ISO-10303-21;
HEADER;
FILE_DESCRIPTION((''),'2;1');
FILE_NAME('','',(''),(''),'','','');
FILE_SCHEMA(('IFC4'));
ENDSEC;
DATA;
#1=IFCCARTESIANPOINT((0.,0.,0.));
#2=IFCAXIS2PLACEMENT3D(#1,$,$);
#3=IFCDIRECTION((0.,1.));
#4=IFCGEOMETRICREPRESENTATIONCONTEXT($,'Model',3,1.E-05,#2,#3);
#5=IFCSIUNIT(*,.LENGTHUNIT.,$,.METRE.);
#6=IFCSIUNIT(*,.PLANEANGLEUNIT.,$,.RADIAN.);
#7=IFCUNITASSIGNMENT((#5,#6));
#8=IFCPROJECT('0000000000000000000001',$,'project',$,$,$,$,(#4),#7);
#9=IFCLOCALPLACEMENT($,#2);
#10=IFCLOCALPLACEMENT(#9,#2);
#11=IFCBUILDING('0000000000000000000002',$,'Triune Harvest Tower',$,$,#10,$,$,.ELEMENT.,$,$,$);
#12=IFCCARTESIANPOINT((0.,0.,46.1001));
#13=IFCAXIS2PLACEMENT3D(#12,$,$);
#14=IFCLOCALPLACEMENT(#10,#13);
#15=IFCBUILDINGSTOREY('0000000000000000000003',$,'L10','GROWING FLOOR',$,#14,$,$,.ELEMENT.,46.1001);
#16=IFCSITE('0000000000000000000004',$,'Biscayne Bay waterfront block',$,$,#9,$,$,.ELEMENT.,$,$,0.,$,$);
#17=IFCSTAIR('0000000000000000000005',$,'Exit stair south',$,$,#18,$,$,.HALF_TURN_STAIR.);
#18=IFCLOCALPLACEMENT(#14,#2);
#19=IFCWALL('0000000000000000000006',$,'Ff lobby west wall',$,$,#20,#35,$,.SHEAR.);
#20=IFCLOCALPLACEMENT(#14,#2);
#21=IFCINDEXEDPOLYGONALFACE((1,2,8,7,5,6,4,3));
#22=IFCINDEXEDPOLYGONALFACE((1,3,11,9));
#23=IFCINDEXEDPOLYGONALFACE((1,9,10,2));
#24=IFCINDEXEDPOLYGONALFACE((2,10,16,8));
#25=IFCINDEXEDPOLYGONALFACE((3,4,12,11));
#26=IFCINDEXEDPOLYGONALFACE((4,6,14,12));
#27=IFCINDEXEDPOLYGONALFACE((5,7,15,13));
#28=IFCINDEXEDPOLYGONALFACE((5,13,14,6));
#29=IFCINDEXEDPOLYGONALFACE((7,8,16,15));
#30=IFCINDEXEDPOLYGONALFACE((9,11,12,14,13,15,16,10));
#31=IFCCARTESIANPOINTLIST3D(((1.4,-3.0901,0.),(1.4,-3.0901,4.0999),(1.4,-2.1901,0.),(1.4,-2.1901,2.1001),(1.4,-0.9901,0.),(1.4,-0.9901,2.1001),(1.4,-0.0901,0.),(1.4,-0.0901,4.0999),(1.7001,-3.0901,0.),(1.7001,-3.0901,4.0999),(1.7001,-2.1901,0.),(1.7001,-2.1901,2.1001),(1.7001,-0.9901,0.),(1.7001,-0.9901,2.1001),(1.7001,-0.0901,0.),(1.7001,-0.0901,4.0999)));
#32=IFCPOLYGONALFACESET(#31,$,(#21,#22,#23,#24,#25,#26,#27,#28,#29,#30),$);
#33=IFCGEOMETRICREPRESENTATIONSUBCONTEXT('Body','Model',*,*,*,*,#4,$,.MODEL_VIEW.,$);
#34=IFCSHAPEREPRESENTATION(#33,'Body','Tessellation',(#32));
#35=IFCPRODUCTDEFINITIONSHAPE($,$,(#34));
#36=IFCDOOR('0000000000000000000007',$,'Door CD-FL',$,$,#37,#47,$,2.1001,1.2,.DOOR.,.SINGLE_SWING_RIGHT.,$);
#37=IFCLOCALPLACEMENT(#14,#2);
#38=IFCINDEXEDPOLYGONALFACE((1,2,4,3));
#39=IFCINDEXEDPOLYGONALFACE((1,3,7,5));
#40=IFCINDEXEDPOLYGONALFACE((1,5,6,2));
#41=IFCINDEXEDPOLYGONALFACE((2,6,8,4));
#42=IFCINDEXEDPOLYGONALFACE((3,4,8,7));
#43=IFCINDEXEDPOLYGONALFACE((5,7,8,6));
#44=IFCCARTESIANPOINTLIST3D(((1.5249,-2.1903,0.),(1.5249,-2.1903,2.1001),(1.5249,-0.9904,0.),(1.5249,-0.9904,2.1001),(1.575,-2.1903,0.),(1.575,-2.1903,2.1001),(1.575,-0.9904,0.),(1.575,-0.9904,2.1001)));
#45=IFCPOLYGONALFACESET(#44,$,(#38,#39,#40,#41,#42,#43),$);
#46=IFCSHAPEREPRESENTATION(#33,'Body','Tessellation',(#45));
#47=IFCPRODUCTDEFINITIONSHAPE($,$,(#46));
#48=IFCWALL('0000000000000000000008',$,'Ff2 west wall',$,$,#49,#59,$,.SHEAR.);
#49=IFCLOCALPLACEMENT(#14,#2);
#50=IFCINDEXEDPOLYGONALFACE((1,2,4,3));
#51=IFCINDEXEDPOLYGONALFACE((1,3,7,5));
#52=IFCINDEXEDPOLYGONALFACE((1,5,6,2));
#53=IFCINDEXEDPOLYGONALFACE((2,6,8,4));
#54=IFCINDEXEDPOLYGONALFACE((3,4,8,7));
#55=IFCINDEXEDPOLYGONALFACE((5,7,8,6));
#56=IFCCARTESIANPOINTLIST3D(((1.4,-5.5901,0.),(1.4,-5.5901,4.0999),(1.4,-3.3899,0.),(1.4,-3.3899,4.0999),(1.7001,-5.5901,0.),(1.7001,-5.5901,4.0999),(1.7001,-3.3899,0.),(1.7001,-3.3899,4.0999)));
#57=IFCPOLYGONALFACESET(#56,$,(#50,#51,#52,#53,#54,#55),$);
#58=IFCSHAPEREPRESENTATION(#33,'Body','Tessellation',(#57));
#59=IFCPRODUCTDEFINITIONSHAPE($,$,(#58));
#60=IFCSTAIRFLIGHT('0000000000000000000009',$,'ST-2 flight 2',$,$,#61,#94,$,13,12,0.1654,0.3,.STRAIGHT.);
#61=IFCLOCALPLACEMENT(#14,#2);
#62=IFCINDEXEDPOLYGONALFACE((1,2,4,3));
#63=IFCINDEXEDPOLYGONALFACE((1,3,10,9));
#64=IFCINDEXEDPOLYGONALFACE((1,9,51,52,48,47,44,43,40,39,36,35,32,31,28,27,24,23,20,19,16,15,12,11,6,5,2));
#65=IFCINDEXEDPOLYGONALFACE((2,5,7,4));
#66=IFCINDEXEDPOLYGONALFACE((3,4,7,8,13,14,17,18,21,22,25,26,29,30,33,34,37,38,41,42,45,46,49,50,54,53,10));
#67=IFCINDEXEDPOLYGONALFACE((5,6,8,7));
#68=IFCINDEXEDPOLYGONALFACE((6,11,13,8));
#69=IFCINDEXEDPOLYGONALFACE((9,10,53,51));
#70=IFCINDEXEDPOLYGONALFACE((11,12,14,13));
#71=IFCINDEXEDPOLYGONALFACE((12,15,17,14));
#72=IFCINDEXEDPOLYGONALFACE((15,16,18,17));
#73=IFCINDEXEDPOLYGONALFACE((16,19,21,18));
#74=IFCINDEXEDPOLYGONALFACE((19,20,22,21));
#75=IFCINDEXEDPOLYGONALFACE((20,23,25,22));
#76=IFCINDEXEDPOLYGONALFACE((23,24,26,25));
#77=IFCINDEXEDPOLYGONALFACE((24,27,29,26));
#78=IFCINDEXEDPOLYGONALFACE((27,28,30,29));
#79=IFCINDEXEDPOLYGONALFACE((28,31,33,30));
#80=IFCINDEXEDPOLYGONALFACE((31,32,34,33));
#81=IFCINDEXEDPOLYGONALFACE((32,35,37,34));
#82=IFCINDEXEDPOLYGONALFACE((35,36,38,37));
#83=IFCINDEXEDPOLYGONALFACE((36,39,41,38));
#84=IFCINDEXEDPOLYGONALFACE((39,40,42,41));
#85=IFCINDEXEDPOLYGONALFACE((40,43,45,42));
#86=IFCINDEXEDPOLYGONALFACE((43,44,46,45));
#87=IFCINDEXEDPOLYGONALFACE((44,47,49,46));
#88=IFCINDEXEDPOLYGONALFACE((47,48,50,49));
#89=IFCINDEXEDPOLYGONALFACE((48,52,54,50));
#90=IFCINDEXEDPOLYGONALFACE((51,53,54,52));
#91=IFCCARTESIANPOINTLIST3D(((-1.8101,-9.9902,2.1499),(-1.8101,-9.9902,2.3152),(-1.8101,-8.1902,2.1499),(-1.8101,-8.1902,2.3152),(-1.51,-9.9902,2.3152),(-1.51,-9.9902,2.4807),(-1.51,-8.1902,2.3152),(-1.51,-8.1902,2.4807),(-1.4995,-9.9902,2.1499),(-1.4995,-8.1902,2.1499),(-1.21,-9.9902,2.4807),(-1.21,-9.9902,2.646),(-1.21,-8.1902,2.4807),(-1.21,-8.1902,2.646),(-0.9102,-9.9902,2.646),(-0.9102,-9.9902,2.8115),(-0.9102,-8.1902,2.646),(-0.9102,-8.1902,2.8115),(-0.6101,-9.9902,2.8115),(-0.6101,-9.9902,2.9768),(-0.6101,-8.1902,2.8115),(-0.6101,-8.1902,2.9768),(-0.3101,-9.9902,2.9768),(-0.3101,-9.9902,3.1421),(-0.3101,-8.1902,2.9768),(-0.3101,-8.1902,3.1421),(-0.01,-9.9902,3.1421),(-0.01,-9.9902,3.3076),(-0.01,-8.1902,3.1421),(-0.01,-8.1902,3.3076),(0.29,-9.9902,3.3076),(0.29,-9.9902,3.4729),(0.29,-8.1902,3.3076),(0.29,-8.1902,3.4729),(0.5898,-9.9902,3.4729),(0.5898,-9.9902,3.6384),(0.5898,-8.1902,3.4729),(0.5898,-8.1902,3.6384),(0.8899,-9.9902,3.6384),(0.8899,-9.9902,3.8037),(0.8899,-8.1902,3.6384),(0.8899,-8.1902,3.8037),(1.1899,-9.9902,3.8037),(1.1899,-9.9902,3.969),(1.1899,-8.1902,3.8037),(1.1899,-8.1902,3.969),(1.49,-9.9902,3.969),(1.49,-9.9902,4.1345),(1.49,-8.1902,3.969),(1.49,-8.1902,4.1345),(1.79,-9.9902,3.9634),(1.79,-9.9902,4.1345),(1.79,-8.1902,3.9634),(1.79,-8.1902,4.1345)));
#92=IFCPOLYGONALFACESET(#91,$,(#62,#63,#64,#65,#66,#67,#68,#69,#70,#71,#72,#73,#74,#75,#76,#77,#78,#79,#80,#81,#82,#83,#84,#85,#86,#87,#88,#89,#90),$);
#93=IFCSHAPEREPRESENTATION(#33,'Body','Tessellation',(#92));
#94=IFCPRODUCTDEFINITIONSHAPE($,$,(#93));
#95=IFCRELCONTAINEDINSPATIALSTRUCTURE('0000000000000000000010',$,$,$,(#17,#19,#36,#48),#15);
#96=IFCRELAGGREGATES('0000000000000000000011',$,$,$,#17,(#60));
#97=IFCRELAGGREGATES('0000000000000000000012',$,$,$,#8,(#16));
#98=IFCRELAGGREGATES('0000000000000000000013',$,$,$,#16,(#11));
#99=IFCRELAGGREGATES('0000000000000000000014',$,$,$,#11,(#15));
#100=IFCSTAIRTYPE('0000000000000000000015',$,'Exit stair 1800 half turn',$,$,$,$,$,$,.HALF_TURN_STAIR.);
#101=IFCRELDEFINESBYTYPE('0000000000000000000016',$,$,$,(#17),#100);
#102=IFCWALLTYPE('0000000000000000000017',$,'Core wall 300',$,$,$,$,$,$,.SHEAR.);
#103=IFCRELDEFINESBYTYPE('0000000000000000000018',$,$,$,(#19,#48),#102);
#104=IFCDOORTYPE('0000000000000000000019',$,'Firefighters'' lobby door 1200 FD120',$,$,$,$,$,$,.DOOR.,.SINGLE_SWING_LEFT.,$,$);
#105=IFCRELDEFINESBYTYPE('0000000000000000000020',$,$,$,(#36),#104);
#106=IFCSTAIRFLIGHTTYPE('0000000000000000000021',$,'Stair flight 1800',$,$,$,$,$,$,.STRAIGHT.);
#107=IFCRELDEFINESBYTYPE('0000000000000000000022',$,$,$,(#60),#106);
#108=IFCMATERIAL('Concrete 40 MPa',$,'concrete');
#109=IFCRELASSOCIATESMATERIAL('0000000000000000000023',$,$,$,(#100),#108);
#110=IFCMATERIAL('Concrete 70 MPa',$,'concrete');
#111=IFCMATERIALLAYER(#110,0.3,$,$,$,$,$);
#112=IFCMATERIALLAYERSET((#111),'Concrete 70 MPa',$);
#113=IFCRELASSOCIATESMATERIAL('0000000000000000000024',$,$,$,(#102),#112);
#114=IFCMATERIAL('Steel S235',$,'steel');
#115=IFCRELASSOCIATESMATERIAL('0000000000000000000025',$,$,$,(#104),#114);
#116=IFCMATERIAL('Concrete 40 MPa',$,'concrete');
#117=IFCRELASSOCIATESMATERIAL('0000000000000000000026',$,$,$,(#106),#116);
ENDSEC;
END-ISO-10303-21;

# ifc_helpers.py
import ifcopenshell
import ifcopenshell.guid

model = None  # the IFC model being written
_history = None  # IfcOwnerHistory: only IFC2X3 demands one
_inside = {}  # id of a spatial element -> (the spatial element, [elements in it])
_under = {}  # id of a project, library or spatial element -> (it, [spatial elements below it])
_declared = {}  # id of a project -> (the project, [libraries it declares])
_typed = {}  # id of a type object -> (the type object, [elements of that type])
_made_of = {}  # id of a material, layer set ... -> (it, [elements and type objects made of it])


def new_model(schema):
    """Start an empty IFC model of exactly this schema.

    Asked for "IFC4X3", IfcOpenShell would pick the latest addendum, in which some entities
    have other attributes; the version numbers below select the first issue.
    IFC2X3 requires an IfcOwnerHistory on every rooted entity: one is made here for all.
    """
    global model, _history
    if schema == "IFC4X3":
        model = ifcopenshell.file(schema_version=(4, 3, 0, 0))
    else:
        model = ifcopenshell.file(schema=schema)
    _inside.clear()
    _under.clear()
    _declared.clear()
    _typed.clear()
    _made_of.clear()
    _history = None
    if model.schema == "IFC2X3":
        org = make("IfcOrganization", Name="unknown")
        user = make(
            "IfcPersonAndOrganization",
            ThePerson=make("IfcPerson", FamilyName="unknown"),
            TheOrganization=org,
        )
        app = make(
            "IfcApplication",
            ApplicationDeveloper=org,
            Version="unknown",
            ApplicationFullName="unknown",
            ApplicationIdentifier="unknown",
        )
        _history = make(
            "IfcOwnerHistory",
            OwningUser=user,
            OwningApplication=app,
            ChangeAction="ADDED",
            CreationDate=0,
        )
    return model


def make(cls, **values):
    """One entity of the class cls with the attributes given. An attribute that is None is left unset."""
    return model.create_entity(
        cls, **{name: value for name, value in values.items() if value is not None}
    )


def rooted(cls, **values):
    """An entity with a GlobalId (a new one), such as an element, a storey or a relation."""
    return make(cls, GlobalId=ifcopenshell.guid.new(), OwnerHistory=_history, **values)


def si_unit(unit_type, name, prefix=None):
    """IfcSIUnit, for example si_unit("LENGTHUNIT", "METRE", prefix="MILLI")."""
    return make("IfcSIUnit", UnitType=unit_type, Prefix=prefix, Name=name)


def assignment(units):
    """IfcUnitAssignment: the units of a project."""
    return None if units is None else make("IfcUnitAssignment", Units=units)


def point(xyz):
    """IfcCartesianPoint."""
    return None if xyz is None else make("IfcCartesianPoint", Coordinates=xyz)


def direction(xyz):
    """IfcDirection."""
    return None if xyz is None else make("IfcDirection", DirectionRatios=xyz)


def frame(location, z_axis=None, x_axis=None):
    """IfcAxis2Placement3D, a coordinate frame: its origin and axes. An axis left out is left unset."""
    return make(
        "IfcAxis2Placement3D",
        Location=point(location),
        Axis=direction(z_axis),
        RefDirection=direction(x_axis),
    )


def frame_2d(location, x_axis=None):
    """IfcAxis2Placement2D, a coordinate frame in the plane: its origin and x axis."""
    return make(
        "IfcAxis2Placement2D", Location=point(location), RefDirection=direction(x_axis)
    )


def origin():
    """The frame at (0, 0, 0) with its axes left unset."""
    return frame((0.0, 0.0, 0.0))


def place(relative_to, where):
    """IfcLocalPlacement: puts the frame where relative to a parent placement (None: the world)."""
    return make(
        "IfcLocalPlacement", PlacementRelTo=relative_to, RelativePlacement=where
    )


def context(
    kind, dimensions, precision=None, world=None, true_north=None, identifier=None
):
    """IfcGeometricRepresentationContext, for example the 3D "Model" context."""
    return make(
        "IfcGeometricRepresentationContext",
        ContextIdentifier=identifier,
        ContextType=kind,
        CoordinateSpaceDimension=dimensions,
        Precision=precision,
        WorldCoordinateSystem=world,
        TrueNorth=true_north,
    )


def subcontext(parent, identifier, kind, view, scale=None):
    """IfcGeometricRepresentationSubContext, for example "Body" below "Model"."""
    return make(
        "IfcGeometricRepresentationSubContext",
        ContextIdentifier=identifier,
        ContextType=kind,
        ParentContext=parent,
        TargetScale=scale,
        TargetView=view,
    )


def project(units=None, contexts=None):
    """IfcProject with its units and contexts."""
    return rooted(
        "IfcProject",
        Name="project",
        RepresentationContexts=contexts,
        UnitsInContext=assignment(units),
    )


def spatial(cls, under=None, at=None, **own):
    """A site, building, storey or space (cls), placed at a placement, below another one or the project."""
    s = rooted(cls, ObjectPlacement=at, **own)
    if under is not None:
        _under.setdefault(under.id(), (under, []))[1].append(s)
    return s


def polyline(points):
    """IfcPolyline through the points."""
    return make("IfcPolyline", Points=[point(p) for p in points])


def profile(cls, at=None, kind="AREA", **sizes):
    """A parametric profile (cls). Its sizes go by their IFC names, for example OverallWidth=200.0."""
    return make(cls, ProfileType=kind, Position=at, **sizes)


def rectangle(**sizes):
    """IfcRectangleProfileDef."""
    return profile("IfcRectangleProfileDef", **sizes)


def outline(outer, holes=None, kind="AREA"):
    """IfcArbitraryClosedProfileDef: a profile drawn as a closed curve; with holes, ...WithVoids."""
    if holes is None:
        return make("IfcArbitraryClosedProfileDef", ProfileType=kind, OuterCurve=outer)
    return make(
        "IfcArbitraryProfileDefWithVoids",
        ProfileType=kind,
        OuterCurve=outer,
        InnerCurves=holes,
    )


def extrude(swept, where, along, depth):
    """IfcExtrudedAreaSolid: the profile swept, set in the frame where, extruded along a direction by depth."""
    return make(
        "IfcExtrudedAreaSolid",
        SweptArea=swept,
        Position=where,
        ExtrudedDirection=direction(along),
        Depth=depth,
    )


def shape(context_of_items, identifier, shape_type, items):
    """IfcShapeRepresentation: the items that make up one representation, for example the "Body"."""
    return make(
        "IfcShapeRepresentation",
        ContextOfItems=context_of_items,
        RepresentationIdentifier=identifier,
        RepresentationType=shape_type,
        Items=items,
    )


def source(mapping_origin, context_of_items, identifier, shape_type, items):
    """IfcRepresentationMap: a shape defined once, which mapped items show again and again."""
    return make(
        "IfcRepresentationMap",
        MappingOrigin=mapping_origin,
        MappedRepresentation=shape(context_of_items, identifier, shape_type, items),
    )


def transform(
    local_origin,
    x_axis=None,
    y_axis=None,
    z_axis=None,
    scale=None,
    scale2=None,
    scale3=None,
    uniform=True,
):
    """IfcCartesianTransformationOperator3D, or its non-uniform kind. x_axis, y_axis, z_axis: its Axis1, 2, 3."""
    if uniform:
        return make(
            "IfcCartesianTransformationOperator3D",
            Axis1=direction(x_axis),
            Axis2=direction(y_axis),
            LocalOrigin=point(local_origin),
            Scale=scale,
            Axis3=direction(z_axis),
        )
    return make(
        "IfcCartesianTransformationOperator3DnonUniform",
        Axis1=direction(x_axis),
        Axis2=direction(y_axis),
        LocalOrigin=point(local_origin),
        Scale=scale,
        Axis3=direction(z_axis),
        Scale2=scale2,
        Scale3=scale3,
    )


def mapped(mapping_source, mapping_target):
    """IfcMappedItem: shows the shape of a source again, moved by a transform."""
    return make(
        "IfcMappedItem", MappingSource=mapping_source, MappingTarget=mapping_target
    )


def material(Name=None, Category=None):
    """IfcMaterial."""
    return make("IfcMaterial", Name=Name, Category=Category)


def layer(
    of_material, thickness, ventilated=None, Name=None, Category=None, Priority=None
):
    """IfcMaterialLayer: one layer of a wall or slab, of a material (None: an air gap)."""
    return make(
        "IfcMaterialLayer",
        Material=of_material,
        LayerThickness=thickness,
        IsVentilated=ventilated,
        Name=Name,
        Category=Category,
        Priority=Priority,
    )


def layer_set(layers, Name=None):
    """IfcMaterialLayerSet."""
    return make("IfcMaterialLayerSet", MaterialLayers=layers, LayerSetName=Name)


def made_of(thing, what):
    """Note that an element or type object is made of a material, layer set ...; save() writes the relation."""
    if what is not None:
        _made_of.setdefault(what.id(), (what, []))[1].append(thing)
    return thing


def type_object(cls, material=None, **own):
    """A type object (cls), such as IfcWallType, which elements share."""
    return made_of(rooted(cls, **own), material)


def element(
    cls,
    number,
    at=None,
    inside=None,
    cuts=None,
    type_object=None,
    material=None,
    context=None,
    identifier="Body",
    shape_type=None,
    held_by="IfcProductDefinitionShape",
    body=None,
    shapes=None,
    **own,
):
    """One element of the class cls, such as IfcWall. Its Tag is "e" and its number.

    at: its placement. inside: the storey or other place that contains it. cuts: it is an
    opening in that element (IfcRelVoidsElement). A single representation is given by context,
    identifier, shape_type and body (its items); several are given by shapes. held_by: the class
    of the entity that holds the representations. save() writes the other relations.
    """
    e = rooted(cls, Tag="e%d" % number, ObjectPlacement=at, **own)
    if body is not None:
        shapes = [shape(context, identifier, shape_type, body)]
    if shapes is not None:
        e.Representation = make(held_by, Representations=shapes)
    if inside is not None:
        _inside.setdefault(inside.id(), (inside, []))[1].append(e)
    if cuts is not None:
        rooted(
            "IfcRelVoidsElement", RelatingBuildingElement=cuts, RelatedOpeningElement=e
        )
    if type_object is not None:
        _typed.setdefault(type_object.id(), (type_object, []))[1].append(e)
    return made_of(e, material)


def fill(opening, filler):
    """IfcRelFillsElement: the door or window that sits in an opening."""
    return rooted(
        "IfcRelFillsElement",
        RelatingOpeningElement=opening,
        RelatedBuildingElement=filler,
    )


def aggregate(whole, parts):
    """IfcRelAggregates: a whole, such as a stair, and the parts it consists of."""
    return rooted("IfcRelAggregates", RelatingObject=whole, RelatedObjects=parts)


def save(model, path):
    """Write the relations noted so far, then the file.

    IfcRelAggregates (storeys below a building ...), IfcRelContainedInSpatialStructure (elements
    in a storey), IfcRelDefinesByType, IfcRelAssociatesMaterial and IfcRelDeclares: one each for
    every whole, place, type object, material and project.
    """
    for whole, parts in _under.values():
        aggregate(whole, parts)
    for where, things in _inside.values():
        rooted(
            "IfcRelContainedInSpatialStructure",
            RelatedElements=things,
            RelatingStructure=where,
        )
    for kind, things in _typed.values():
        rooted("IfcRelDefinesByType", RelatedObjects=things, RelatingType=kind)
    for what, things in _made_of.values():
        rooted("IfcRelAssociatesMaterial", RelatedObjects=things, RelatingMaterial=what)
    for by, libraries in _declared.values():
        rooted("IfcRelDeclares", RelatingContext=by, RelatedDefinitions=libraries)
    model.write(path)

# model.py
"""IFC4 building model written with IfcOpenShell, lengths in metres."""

from ifc_helpers import new_model, si_unit, direction, frame, frame_2d, origin, place, context, subcontext, project, spatial, polyline, rectangle, outline, extrude, source, transform, mapped, material, layer, layer_set, type_object, element, fill, aggregate, save


model = new_model("IFC4")

# Units and contexts
model_context = context("Model", 3, precision=1e-05, world=origin(), true_north=direction((0.0, 1.0)))
body_context = subcontext(model_context, "Body", "Model", "MODEL_VIEW")
ifc_project = project(units=[si_unit("LENGTHUNIT", "METRE"), si_unit("PLANEANGLEUNIT", "RADIAN")], contexts=[model_context])

# Site, building, storey
site_placement = place(None, origin())
site = spatial("IfcSite", under=ifc_project, at=site_placement, Name="Biscayne Bay waterfront block", CompositionType="ELEMENT", RefElevation=0.0)
building_placement = place(site_placement, origin())
building = spatial("IfcBuilding", under=site, at=building_placement, Name="Triune Harvest Tower", CompositionType="ELEMENT")
storey_placement = place(building_placement, frame((0.0, 0.0, 46.1001)))
storey = spatial("IfcBuildingStorey", under=building, at=storey_placement, Name="L10", Description="GROWING FLOOR", CompositionType="ELEMENT", Elevation=46.1001)

# Stair
ifc_material_1 = material(Name="Concrete 40 MPa", Category="concrete")
stair_type = type_object("IfcStairType", Name="Exit stair 1800 half turn", PredefinedType="HALF_TURN_STAIR", material=ifc_material_1)
stair_1_placement = place(storey_placement, origin())
stair_1 = element("IfcStair", 1, at=stair_1_placement, inside=storey, type_object=stair_type, Name="Exit stair south", PredefinedType="HALF_TURN_STAIR")

# Shared definitions
ifc_material_2 = material(Name="Concrete 70 MPa", Category="concrete")
ifc_layer_1 = layer(ifc_material_2, 0.3)
ifc_layer_set_1 = layer_set([ifc_layer_1], Name="Concrete 70 MPa")
wall_type = type_object("IfcWallType", Name="Core wall 300", PredefinedType="SHEAR", material=ifc_layer_set_1)

# Wall, opening, door
shared_shape_1 = source(origin(), body_context, "Body", "SweptSolid", [
    extrude(rectangle(XDim=3.0, YDim=0.3, at=frame_2d((1.5, 0.0))), origin(), (0.0, 0.0, 1.0), 4.0999),
])
wall_1_placement = place(storey_placement, frame((1.55, -3.0901, 0.0), z_axis=(0.0, 0.0, 1.0), x_axis=(0.0, 1.0, 0.0)))
wall_1 = element("IfcWall", 2, at=wall_1_placement, inside=storey, type_object=wall_type, Name="Ff lobby west wall", PredefinedType="SHEAR", context=body_context, shape_type="MappedRepresentation", body=[
    mapped(shared_shape_1, transform((0.0, 0.0, 0.0), scale=1.0)),
])
opening_placement = place(wall_1_placement, frame((0.8999, 0.0, 0.0)))
opening = element("IfcOpeningElement", 3, at=opening_placement, cuts=wall_1, PredefinedType="OPENING", context=body_context, shape_type="SweptSolid", body=[
    extrude(rectangle(XDim=1.2, YDim=2.1001, at=frame_2d((0.6001, 1.05))), frame((0.0, 0.1602, 0.0), z_axis=(0.0, -1.0, 0.0), x_axis=(1.0, 0.0, 0.0)), (0.0, 0.0, 1.0), 0.3201),
])
ifc_material_3 = material(Name="Steel S235", Category="steel")
door_type = type_object("IfcDoorType", Name="Firefighters' lobby door 1200 FD120", OperationType="SINGLE_SWING_LEFT", PredefinedType="DOOR", material=ifc_material_3)
door_placement = place(opening_placement, frame((1.2, 0.0, 0.0), z_axis=(0.0, 0.0, 1.0), x_axis=(-1.0, 0.0, 0.0)))
door = element("IfcDoor", 4, at=door_placement, inside=storey, type_object=door_type, Name="Door CD-FL", OperationType="SINGLE_SWING_RIGHT", OverallHeight=2.1001, OverallWidth=1.2, PredefinedType="DOOR", context=body_context, shape_type="SweptSolid", body=[
    extrude(rectangle(XDim=1.2, YDim=2.1001, at=frame_2d((0.6001, 1.05))), frame((0.0, 0.0249, 0.0), z_axis=(0.0, -1.0, 0.0), x_axis=(1.0, 0.0, 0.0)), (0.0, 0.0, 1.0), 0.05),
])
fill(opening, door)

# Wall
shared_shape_2 = source(origin(), body_context, "Body", "SweptSolid", [
    extrude(rectangle(XDim=2.2002, YDim=0.3, at=frame_2d((1.1001, 0.0))), origin(), (0.0, 0.0, 1.0), 4.0999),
])
wall_2_placement = place(storey_placement, frame((1.55, -5.5901, 0.0), z_axis=(0.0, 0.0, 1.0), x_axis=(0.0, 1.0, 0.0)))
element("IfcWall", 5, at=wall_2_placement, inside=storey, type_object=wall_type, Name="Ff2 west wall", PredefinedType="SHEAR", context=body_context, shape_type="MappedRepresentation", body=[
    mapped(shared_shape_2, transform((0.0, 0.0, 0.0), scale=1.0)),
])

# Stair flight
ifc_material_4 = material(Name="Concrete 40 MPa", Category="concrete")
stair_flight_type = type_object("IfcStairFlightType", Name="Stair flight 1800", PredefinedType="STRAIGHT", material=ifc_material_4)
shared_shape_3 = source(origin(), body_context, "Body", "SweptSolid", [
    extrude(outline(polyline([(0.0, 0.0), (0.0, 0.1653), (0.3, 0.1653), (0.3, 0.3308), (0.6001, 0.3308), (0.6001, 0.4961), (0.8999, 0.4961), (0.8999, 0.6616), (1.2, 0.6616), (1.2, 0.8269), (1.5, 0.8269), (1.5, 0.9922), (1.8, 0.9922), (1.8, 1.1577), (2.1001, 1.1577), (2.1001, 1.323), (2.3999, 1.323), (2.3999, 1.4885), (2.7, 1.4885), (2.7, 1.6538), (3.0, 1.6538), (3.0, 1.8191), (3.3, 1.8191), (3.3, 1.9846), (3.6001, 1.9846), (3.6001, 2.1499), (3.6001, 1.8135), (0.3105, 0.0), (0.0, 0.0)])), frame((0.0, 0.8999, 0.0), z_axis=(0.0, -1.0, 0.0), x_axis=(1.0, 0.0, 0.0)), (0.0, 0.0, 1.0), 1.8),
])
stair_flight_placement = place(storey_placement, frame((-1.8101, -9.0901, 2.1499), z_axis=(0.0, 0.0, 1.0), x_axis=(1.0, 0.0, 0.0)))
stair_flight = element("IfcStairFlight", 6, at=stair_flight_placement, type_object=stair_flight_type, Name="ST-2 flight 2", NumberOfRisers=13, NumberOfTreads=12, PredefinedType="STRAIGHT", RiserHeight=0.1654, TreadLength=0.3, context=body_context, shape_type="MappedRepresentation", body=[
    mapped(shared_shape_3, transform((0.0, 0.0, 0.0), scale=1.0)),
])
aggregate(stair_1, [stair_flight])

save(model, "model.ifc")
